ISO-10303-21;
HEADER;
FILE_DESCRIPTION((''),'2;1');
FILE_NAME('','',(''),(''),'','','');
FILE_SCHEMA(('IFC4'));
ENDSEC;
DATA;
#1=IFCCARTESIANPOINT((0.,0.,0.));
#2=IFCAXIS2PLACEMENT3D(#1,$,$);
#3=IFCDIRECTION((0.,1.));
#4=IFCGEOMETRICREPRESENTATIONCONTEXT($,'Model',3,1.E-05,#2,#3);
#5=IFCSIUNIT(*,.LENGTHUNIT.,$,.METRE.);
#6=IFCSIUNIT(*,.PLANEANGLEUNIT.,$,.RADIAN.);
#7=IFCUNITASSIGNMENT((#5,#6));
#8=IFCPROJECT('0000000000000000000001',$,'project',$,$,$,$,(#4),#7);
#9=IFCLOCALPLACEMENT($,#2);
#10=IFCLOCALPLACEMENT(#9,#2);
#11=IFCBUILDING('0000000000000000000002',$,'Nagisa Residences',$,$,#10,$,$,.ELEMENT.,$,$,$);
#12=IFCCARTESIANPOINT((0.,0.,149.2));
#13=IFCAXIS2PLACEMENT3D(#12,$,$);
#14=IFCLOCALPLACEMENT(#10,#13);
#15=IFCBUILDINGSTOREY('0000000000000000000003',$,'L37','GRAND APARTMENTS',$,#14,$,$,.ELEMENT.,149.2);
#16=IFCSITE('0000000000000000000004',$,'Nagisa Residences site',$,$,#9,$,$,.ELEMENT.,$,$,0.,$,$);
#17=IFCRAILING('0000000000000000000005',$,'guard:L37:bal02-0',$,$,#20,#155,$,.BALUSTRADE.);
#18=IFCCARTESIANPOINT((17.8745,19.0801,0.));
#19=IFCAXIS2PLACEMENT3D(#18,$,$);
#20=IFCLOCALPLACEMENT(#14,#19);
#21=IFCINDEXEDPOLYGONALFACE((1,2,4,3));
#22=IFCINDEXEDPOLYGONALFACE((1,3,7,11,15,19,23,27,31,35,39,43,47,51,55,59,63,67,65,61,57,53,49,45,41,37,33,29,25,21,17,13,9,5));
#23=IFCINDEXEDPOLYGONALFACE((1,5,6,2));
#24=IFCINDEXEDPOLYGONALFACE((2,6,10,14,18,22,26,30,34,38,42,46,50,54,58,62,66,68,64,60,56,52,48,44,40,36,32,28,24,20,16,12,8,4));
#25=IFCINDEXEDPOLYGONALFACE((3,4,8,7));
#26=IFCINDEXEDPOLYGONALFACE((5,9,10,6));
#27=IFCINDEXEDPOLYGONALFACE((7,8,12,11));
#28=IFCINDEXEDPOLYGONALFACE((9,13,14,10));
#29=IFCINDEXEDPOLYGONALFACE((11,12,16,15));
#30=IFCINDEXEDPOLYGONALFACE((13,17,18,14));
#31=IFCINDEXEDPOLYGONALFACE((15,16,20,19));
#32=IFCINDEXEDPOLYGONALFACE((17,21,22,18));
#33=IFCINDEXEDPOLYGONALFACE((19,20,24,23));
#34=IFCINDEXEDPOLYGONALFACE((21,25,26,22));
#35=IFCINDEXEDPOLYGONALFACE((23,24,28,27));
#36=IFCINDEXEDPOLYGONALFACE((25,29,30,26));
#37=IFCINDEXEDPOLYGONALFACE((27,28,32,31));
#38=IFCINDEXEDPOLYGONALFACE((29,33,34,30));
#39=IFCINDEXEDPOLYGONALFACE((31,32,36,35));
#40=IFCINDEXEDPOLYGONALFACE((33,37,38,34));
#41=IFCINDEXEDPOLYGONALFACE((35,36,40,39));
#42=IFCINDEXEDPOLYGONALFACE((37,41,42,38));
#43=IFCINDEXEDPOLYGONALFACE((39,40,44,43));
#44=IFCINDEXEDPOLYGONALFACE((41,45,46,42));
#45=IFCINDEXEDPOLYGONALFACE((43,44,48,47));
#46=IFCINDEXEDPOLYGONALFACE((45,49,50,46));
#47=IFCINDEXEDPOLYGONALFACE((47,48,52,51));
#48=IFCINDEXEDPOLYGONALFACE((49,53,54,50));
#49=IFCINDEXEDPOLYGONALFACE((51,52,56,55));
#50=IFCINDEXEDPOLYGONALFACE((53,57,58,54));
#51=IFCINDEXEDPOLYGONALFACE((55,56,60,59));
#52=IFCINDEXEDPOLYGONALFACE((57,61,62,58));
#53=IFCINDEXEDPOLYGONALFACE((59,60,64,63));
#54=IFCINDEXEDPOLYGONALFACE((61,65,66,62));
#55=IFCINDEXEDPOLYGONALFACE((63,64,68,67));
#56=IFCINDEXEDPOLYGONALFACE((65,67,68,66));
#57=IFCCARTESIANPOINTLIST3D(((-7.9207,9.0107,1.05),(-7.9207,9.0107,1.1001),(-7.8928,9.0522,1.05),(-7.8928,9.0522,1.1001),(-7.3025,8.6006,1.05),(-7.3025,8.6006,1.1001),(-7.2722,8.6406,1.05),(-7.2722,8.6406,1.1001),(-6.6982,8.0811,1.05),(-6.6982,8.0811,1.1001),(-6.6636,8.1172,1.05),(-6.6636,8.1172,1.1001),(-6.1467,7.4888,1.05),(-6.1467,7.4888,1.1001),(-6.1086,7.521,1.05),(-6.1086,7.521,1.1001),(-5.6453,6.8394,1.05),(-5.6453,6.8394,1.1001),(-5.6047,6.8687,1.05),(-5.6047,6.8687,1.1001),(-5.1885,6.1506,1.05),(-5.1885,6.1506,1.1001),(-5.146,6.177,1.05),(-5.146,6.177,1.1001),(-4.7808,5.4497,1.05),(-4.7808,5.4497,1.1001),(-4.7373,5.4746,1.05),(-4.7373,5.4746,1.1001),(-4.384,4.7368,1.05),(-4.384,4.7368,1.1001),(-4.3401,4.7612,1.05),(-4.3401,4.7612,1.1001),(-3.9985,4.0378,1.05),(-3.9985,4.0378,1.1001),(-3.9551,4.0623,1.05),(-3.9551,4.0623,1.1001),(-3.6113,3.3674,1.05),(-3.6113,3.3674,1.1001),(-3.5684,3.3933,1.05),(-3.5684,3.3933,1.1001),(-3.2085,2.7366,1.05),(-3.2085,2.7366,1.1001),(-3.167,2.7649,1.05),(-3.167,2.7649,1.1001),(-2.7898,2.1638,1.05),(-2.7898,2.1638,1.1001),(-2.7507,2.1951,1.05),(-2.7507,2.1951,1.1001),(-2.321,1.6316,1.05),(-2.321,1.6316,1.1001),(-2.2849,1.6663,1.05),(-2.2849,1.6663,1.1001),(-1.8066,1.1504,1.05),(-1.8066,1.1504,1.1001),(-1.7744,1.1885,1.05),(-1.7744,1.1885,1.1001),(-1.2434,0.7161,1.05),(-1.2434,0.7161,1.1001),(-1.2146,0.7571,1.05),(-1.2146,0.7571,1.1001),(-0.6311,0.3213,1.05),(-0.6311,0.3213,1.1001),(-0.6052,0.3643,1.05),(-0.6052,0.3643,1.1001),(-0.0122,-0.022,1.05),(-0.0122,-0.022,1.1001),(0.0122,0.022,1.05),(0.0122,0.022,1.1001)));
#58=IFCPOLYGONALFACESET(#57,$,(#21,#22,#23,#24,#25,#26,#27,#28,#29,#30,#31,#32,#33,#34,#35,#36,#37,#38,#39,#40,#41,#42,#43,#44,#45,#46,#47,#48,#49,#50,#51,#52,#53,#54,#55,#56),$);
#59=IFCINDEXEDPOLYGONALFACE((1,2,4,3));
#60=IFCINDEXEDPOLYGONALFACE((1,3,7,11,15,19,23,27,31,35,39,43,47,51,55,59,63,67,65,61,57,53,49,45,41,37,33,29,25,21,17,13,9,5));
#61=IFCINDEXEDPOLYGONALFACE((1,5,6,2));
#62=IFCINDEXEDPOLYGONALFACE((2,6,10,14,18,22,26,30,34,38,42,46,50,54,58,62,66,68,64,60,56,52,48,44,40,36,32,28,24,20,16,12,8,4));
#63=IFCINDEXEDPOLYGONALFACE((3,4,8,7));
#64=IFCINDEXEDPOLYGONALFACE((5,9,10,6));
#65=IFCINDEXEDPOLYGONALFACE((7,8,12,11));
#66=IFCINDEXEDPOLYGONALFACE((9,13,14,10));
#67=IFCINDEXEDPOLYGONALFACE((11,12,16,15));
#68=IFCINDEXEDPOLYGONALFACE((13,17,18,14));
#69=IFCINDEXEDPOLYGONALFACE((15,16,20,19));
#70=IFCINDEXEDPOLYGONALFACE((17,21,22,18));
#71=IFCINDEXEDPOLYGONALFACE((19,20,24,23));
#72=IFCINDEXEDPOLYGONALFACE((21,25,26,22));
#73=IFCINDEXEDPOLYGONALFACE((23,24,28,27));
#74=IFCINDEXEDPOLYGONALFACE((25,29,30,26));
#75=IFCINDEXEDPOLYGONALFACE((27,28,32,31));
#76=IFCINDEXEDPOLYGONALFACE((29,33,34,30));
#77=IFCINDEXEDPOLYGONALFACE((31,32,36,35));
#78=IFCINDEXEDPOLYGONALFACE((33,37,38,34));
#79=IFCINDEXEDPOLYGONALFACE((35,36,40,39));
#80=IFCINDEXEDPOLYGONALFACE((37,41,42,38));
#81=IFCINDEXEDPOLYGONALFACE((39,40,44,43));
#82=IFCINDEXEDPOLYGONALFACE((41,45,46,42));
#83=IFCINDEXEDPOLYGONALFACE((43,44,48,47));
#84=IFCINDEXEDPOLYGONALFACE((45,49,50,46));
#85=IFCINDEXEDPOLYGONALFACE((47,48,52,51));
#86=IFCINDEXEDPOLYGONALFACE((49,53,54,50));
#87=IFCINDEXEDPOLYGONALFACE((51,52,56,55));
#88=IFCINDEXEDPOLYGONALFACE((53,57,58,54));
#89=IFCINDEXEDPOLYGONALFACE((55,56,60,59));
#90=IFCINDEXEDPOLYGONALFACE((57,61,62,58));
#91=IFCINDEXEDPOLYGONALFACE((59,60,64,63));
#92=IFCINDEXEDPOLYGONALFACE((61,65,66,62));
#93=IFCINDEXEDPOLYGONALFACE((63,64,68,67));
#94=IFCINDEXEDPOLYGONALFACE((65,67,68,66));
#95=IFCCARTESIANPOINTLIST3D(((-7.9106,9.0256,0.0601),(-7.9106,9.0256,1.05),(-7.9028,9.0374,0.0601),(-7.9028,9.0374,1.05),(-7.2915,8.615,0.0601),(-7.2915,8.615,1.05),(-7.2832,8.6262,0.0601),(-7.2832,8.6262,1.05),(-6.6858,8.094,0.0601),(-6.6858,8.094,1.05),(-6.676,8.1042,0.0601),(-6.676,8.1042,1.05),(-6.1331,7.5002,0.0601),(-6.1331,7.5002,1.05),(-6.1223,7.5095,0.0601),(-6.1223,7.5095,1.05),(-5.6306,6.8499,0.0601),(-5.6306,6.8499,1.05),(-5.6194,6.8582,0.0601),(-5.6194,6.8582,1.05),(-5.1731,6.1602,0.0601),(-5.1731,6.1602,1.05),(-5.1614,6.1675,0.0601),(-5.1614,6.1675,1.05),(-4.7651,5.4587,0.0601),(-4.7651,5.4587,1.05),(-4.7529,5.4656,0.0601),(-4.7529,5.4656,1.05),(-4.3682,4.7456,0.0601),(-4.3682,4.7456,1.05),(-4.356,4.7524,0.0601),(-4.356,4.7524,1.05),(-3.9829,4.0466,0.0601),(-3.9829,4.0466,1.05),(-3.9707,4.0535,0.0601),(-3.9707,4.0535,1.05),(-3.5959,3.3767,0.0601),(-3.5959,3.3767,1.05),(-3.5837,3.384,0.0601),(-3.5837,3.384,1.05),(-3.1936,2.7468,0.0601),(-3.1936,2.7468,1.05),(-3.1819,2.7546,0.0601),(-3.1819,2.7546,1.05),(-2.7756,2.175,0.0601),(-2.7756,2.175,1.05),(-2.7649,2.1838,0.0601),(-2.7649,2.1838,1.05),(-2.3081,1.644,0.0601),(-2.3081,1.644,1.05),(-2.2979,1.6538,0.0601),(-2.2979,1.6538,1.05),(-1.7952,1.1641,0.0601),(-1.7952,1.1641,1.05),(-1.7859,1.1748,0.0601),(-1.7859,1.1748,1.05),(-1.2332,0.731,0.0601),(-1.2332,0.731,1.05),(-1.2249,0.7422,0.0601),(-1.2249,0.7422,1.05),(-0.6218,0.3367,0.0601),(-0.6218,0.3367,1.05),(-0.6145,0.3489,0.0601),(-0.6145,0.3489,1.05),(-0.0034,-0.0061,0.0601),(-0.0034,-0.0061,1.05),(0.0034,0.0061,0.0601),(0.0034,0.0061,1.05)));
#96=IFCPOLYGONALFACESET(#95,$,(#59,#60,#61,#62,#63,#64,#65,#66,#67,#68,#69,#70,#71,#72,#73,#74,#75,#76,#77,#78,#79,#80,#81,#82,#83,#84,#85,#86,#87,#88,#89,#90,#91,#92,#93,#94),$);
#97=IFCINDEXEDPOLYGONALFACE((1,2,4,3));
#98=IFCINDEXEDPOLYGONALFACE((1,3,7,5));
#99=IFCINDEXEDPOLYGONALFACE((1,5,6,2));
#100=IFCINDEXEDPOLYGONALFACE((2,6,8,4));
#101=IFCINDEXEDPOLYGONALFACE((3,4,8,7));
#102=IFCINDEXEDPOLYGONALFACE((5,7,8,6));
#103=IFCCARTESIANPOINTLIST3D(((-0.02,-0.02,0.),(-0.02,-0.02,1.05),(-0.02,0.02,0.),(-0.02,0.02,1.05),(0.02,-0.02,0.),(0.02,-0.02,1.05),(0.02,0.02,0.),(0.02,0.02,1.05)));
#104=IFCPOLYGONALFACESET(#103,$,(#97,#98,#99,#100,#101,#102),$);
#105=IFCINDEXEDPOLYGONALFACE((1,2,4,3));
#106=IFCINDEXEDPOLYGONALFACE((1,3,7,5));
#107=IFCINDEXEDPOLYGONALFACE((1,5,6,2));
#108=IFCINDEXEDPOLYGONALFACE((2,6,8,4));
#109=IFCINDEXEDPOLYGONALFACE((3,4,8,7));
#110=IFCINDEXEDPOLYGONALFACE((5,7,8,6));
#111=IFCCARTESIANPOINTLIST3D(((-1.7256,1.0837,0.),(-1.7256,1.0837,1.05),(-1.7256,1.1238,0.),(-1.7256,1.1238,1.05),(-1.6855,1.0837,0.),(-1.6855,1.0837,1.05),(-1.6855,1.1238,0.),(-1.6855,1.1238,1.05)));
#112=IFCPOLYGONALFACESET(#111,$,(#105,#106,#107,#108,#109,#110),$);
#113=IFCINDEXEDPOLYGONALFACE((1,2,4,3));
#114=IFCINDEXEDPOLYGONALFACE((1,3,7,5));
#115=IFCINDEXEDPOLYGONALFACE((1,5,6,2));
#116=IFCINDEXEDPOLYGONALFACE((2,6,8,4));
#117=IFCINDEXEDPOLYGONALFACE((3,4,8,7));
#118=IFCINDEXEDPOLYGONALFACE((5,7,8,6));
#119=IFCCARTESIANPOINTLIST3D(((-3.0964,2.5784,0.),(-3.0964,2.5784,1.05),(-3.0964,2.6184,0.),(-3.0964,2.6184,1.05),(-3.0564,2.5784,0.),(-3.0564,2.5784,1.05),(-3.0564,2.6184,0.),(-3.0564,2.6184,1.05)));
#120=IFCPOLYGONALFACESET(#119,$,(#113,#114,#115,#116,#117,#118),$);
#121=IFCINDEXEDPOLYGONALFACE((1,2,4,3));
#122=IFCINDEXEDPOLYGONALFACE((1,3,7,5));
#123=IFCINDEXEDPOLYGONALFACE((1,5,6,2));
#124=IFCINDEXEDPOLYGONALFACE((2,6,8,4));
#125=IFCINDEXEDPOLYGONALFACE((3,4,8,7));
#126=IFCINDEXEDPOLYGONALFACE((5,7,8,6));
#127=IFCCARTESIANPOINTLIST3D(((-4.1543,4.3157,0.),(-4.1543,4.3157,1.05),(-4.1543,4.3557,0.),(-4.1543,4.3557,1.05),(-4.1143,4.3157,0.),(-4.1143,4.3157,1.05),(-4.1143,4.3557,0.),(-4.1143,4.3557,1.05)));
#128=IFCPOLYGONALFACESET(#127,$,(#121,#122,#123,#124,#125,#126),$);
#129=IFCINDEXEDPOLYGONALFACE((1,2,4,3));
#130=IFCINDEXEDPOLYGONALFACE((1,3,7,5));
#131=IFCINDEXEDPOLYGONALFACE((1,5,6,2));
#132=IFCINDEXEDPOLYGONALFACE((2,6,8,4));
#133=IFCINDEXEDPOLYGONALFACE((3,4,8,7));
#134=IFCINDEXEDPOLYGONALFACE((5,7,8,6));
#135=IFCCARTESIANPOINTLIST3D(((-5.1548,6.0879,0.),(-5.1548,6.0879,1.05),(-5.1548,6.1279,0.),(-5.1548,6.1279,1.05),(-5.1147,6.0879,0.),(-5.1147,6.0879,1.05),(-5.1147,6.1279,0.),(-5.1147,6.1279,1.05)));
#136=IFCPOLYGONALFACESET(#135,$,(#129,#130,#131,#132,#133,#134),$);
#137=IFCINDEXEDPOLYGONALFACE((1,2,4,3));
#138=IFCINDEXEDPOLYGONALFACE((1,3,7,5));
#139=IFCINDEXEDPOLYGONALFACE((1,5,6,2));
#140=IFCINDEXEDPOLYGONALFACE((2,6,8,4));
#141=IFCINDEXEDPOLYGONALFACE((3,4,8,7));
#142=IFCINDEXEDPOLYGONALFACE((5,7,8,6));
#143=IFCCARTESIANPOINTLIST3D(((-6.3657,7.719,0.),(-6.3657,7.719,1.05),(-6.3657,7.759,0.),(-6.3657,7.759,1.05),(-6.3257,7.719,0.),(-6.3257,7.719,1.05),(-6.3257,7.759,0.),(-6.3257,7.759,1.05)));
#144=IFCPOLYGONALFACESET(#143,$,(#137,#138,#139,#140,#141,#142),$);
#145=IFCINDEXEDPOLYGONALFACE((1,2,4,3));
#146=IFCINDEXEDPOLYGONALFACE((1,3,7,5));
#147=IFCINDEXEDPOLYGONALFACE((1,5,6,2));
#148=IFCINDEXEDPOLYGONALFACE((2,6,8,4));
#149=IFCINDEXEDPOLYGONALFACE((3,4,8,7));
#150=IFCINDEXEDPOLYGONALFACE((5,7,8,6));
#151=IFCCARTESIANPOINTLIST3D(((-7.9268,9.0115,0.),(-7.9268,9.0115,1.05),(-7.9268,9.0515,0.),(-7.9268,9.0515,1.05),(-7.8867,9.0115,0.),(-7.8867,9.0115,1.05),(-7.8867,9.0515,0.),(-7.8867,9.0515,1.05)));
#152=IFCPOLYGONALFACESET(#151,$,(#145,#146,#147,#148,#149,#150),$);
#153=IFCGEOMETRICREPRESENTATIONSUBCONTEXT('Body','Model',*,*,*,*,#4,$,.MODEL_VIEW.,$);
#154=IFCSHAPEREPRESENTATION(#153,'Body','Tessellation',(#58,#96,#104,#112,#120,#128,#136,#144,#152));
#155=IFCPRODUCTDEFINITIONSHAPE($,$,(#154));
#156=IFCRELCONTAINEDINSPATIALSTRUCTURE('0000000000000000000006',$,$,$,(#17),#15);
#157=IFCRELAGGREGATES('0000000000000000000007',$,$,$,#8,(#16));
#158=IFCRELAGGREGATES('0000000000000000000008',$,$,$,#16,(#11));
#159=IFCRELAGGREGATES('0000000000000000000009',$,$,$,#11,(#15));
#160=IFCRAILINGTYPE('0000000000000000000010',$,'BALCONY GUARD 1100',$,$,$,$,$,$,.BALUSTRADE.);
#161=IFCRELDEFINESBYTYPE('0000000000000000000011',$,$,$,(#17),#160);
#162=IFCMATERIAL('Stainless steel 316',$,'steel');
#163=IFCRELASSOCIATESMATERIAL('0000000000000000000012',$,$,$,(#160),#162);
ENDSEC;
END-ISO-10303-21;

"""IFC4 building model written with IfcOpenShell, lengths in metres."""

from ifc_helpers import new_model, si_unit, direction, frame, origin, origin_2d, place, context, subcontext, project, spatial, polyline, rectangle, outline, extrude, material, type_object, element, save


model = new_model("IFC4")

# Units and contexts
model_context = context("Model", 3, precision=1e-05, world=origin(), true_north=direction((0.0, 1.0)))
body_context = subcontext(model_context, "Body", "Model", "MODEL_VIEW")
ifc_project = project(units=[si_unit("LENGTHUNIT", "METRE"), si_unit("PLANEANGLEUNIT", "RADIAN")], contexts=[model_context])

# Site, building, storey
site_placement = place(None, origin())
site = spatial("IfcSite", under=ifc_project, at=site_placement, Name="Nagisa Residences site", CompositionType="ELEMENT", RefElevation=0.0)
building_placement = place(site_placement, origin())
building = spatial("IfcBuilding", under=site, at=building_placement, Name="Nagisa Residences", CompositionType="ELEMENT")
storey_placement = place(building_placement, frame((0.0, 0.0, 149.2)))
storey = spatial("IfcBuildingStorey", under=building, at=storey_placement, Name="L37", Description="GRAND APARTMENTS", CompositionType="ELEMENT", Elevation=149.2)

# Railing
ifc_material_1 = material(Name="Stainless steel 316", Category="steel")
railing_type = type_object("IfcRailingType", Name="BALCONY GUARD 1100", PredefinedType="BALUSTRADE", material=ifc_material_1)
railing_placement = place(storey_placement, frame((17.8745, 19.0801, 0.0)))
element("IfcRailing", 1, at=railing_placement, inside=storey, type_object=railing_type, Name="guard:L37:bal02-0", PredefinedType="BALUSTRADE", context=body_context, shape_type="SweptSolid", body=[
    extrude(outline(polyline([(-0.6311, 0.3213), (-0.0122, -0.022), (0.0122, 0.022), (-0.6052, 0.3643), (-1.2146, 0.7571), (-1.7744, 1.1885), (-2.2849, 1.6663), (-2.7507, 2.1951), (-3.167, 2.7649), (-3.5684, 3.3933), (-3.9551, 4.0623), (-4.3401, 4.7612), (-4.7373, 5.4746), (-5.146, 6.177), (-5.6047, 6.8687), (-6.1086, 7.521), (-6.6636, 8.1172), (-7.2722, 8.6406), (-7.8928, 9.0522), (-7.9207, 9.0107), (-7.3025, 8.6006), (-6.6982, 8.0811), (-6.1467, 7.4888), (-5.6453, 6.8394), (-5.1885, 6.1506), (-4.7808, 5.4497), (-4.384, 4.7368), (-3.9985, 4.0378), (-3.6113, 3.3674), (-3.2085, 2.7366), (-2.7898, 2.1638), (-2.321, 1.6316), (-1.8066, 1.1504), (-1.2434, 0.7161), (-0.6311, 0.3213)])), frame((0.0, 0.0, 1.05)), (0.0, 0.0, 1.0), 0.05),
    extrude(outline(polyline([(-0.6218, 0.3367), (-0.0034, -0.0061), (0.0034, 0.0061), (-0.6145, 0.3489), (-1.2249, 0.7422), (-1.7859, 1.1748), (-2.2979, 1.6538), (-2.7649, 2.1838), (-3.1819, 2.7546), (-3.5837, 3.384), (-3.9707, 4.0535), (-4.356, 4.7524), (-4.7529, 5.4656), (-5.1614, 6.1675), (-5.6194, 6.8582), (-6.1223, 7.5095), (-6.676, 8.1042), (-7.2832, 8.6262), (-7.9028, 9.0374), (-7.9106, 9.0256), (-7.2915, 8.615), (-6.6858, 8.094), (-6.1331, 7.5002), (-5.6306, 6.8499), (-5.1731, 6.1602), (-4.7651, 5.4587), (-4.3682, 4.7456), (-3.9829, 4.0466), (-3.5959, 3.3767), (-3.1936, 2.7468), (-2.7756, 2.175), (-2.3081, 1.644), (-1.7952, 1.1641), (-1.2332, 0.731), (-0.6218, 0.3367)])), frame((0.0, 0.0, 0.0601)), (0.0, 0.0, 1.0), 0.99),
    extrude(rectangle(XDim=0.04, YDim=0.04, at=origin_2d()), origin(), (0.0, 0.0, 1.0), 1.05),
    extrude(rectangle(XDim=0.04, YDim=0.04, at=origin_2d()), frame((-1.7056, 1.1038, 0.0)), (0.0, 0.0, 1.0), 1.05),
    extrude(rectangle(XDim=0.04, YDim=0.04, at=origin_2d()), frame((-3.0764, 2.5984, 0.0)), (0.0, 0.0, 1.0), 1.05),
    extrude(rectangle(XDim=0.04, YDim=0.04, at=origin_2d()), frame((-4.1343, 4.3357, 0.0)), (0.0, 0.0, 1.0), 1.05),
    extrude(rectangle(XDim=0.04, YDim=0.04, at=origin_2d()), frame((-5.1348, 6.1079, 0.0)), (0.0, 0.0, 1.0), 1.05),
    extrude(rectangle(XDim=0.04, YDim=0.04, at=origin_2d()), frame((-6.3457, 7.739, 0.0)), (0.0, 0.0, 1.0), 1.05),
    extrude(rectangle(XDim=0.04, YDim=0.04, at=origin_2d()), frame((-7.9067, 9.0315, 0.0)), (0.0, 0.0, 1.0), 1.05),
])

save(model, "model.ifc")
